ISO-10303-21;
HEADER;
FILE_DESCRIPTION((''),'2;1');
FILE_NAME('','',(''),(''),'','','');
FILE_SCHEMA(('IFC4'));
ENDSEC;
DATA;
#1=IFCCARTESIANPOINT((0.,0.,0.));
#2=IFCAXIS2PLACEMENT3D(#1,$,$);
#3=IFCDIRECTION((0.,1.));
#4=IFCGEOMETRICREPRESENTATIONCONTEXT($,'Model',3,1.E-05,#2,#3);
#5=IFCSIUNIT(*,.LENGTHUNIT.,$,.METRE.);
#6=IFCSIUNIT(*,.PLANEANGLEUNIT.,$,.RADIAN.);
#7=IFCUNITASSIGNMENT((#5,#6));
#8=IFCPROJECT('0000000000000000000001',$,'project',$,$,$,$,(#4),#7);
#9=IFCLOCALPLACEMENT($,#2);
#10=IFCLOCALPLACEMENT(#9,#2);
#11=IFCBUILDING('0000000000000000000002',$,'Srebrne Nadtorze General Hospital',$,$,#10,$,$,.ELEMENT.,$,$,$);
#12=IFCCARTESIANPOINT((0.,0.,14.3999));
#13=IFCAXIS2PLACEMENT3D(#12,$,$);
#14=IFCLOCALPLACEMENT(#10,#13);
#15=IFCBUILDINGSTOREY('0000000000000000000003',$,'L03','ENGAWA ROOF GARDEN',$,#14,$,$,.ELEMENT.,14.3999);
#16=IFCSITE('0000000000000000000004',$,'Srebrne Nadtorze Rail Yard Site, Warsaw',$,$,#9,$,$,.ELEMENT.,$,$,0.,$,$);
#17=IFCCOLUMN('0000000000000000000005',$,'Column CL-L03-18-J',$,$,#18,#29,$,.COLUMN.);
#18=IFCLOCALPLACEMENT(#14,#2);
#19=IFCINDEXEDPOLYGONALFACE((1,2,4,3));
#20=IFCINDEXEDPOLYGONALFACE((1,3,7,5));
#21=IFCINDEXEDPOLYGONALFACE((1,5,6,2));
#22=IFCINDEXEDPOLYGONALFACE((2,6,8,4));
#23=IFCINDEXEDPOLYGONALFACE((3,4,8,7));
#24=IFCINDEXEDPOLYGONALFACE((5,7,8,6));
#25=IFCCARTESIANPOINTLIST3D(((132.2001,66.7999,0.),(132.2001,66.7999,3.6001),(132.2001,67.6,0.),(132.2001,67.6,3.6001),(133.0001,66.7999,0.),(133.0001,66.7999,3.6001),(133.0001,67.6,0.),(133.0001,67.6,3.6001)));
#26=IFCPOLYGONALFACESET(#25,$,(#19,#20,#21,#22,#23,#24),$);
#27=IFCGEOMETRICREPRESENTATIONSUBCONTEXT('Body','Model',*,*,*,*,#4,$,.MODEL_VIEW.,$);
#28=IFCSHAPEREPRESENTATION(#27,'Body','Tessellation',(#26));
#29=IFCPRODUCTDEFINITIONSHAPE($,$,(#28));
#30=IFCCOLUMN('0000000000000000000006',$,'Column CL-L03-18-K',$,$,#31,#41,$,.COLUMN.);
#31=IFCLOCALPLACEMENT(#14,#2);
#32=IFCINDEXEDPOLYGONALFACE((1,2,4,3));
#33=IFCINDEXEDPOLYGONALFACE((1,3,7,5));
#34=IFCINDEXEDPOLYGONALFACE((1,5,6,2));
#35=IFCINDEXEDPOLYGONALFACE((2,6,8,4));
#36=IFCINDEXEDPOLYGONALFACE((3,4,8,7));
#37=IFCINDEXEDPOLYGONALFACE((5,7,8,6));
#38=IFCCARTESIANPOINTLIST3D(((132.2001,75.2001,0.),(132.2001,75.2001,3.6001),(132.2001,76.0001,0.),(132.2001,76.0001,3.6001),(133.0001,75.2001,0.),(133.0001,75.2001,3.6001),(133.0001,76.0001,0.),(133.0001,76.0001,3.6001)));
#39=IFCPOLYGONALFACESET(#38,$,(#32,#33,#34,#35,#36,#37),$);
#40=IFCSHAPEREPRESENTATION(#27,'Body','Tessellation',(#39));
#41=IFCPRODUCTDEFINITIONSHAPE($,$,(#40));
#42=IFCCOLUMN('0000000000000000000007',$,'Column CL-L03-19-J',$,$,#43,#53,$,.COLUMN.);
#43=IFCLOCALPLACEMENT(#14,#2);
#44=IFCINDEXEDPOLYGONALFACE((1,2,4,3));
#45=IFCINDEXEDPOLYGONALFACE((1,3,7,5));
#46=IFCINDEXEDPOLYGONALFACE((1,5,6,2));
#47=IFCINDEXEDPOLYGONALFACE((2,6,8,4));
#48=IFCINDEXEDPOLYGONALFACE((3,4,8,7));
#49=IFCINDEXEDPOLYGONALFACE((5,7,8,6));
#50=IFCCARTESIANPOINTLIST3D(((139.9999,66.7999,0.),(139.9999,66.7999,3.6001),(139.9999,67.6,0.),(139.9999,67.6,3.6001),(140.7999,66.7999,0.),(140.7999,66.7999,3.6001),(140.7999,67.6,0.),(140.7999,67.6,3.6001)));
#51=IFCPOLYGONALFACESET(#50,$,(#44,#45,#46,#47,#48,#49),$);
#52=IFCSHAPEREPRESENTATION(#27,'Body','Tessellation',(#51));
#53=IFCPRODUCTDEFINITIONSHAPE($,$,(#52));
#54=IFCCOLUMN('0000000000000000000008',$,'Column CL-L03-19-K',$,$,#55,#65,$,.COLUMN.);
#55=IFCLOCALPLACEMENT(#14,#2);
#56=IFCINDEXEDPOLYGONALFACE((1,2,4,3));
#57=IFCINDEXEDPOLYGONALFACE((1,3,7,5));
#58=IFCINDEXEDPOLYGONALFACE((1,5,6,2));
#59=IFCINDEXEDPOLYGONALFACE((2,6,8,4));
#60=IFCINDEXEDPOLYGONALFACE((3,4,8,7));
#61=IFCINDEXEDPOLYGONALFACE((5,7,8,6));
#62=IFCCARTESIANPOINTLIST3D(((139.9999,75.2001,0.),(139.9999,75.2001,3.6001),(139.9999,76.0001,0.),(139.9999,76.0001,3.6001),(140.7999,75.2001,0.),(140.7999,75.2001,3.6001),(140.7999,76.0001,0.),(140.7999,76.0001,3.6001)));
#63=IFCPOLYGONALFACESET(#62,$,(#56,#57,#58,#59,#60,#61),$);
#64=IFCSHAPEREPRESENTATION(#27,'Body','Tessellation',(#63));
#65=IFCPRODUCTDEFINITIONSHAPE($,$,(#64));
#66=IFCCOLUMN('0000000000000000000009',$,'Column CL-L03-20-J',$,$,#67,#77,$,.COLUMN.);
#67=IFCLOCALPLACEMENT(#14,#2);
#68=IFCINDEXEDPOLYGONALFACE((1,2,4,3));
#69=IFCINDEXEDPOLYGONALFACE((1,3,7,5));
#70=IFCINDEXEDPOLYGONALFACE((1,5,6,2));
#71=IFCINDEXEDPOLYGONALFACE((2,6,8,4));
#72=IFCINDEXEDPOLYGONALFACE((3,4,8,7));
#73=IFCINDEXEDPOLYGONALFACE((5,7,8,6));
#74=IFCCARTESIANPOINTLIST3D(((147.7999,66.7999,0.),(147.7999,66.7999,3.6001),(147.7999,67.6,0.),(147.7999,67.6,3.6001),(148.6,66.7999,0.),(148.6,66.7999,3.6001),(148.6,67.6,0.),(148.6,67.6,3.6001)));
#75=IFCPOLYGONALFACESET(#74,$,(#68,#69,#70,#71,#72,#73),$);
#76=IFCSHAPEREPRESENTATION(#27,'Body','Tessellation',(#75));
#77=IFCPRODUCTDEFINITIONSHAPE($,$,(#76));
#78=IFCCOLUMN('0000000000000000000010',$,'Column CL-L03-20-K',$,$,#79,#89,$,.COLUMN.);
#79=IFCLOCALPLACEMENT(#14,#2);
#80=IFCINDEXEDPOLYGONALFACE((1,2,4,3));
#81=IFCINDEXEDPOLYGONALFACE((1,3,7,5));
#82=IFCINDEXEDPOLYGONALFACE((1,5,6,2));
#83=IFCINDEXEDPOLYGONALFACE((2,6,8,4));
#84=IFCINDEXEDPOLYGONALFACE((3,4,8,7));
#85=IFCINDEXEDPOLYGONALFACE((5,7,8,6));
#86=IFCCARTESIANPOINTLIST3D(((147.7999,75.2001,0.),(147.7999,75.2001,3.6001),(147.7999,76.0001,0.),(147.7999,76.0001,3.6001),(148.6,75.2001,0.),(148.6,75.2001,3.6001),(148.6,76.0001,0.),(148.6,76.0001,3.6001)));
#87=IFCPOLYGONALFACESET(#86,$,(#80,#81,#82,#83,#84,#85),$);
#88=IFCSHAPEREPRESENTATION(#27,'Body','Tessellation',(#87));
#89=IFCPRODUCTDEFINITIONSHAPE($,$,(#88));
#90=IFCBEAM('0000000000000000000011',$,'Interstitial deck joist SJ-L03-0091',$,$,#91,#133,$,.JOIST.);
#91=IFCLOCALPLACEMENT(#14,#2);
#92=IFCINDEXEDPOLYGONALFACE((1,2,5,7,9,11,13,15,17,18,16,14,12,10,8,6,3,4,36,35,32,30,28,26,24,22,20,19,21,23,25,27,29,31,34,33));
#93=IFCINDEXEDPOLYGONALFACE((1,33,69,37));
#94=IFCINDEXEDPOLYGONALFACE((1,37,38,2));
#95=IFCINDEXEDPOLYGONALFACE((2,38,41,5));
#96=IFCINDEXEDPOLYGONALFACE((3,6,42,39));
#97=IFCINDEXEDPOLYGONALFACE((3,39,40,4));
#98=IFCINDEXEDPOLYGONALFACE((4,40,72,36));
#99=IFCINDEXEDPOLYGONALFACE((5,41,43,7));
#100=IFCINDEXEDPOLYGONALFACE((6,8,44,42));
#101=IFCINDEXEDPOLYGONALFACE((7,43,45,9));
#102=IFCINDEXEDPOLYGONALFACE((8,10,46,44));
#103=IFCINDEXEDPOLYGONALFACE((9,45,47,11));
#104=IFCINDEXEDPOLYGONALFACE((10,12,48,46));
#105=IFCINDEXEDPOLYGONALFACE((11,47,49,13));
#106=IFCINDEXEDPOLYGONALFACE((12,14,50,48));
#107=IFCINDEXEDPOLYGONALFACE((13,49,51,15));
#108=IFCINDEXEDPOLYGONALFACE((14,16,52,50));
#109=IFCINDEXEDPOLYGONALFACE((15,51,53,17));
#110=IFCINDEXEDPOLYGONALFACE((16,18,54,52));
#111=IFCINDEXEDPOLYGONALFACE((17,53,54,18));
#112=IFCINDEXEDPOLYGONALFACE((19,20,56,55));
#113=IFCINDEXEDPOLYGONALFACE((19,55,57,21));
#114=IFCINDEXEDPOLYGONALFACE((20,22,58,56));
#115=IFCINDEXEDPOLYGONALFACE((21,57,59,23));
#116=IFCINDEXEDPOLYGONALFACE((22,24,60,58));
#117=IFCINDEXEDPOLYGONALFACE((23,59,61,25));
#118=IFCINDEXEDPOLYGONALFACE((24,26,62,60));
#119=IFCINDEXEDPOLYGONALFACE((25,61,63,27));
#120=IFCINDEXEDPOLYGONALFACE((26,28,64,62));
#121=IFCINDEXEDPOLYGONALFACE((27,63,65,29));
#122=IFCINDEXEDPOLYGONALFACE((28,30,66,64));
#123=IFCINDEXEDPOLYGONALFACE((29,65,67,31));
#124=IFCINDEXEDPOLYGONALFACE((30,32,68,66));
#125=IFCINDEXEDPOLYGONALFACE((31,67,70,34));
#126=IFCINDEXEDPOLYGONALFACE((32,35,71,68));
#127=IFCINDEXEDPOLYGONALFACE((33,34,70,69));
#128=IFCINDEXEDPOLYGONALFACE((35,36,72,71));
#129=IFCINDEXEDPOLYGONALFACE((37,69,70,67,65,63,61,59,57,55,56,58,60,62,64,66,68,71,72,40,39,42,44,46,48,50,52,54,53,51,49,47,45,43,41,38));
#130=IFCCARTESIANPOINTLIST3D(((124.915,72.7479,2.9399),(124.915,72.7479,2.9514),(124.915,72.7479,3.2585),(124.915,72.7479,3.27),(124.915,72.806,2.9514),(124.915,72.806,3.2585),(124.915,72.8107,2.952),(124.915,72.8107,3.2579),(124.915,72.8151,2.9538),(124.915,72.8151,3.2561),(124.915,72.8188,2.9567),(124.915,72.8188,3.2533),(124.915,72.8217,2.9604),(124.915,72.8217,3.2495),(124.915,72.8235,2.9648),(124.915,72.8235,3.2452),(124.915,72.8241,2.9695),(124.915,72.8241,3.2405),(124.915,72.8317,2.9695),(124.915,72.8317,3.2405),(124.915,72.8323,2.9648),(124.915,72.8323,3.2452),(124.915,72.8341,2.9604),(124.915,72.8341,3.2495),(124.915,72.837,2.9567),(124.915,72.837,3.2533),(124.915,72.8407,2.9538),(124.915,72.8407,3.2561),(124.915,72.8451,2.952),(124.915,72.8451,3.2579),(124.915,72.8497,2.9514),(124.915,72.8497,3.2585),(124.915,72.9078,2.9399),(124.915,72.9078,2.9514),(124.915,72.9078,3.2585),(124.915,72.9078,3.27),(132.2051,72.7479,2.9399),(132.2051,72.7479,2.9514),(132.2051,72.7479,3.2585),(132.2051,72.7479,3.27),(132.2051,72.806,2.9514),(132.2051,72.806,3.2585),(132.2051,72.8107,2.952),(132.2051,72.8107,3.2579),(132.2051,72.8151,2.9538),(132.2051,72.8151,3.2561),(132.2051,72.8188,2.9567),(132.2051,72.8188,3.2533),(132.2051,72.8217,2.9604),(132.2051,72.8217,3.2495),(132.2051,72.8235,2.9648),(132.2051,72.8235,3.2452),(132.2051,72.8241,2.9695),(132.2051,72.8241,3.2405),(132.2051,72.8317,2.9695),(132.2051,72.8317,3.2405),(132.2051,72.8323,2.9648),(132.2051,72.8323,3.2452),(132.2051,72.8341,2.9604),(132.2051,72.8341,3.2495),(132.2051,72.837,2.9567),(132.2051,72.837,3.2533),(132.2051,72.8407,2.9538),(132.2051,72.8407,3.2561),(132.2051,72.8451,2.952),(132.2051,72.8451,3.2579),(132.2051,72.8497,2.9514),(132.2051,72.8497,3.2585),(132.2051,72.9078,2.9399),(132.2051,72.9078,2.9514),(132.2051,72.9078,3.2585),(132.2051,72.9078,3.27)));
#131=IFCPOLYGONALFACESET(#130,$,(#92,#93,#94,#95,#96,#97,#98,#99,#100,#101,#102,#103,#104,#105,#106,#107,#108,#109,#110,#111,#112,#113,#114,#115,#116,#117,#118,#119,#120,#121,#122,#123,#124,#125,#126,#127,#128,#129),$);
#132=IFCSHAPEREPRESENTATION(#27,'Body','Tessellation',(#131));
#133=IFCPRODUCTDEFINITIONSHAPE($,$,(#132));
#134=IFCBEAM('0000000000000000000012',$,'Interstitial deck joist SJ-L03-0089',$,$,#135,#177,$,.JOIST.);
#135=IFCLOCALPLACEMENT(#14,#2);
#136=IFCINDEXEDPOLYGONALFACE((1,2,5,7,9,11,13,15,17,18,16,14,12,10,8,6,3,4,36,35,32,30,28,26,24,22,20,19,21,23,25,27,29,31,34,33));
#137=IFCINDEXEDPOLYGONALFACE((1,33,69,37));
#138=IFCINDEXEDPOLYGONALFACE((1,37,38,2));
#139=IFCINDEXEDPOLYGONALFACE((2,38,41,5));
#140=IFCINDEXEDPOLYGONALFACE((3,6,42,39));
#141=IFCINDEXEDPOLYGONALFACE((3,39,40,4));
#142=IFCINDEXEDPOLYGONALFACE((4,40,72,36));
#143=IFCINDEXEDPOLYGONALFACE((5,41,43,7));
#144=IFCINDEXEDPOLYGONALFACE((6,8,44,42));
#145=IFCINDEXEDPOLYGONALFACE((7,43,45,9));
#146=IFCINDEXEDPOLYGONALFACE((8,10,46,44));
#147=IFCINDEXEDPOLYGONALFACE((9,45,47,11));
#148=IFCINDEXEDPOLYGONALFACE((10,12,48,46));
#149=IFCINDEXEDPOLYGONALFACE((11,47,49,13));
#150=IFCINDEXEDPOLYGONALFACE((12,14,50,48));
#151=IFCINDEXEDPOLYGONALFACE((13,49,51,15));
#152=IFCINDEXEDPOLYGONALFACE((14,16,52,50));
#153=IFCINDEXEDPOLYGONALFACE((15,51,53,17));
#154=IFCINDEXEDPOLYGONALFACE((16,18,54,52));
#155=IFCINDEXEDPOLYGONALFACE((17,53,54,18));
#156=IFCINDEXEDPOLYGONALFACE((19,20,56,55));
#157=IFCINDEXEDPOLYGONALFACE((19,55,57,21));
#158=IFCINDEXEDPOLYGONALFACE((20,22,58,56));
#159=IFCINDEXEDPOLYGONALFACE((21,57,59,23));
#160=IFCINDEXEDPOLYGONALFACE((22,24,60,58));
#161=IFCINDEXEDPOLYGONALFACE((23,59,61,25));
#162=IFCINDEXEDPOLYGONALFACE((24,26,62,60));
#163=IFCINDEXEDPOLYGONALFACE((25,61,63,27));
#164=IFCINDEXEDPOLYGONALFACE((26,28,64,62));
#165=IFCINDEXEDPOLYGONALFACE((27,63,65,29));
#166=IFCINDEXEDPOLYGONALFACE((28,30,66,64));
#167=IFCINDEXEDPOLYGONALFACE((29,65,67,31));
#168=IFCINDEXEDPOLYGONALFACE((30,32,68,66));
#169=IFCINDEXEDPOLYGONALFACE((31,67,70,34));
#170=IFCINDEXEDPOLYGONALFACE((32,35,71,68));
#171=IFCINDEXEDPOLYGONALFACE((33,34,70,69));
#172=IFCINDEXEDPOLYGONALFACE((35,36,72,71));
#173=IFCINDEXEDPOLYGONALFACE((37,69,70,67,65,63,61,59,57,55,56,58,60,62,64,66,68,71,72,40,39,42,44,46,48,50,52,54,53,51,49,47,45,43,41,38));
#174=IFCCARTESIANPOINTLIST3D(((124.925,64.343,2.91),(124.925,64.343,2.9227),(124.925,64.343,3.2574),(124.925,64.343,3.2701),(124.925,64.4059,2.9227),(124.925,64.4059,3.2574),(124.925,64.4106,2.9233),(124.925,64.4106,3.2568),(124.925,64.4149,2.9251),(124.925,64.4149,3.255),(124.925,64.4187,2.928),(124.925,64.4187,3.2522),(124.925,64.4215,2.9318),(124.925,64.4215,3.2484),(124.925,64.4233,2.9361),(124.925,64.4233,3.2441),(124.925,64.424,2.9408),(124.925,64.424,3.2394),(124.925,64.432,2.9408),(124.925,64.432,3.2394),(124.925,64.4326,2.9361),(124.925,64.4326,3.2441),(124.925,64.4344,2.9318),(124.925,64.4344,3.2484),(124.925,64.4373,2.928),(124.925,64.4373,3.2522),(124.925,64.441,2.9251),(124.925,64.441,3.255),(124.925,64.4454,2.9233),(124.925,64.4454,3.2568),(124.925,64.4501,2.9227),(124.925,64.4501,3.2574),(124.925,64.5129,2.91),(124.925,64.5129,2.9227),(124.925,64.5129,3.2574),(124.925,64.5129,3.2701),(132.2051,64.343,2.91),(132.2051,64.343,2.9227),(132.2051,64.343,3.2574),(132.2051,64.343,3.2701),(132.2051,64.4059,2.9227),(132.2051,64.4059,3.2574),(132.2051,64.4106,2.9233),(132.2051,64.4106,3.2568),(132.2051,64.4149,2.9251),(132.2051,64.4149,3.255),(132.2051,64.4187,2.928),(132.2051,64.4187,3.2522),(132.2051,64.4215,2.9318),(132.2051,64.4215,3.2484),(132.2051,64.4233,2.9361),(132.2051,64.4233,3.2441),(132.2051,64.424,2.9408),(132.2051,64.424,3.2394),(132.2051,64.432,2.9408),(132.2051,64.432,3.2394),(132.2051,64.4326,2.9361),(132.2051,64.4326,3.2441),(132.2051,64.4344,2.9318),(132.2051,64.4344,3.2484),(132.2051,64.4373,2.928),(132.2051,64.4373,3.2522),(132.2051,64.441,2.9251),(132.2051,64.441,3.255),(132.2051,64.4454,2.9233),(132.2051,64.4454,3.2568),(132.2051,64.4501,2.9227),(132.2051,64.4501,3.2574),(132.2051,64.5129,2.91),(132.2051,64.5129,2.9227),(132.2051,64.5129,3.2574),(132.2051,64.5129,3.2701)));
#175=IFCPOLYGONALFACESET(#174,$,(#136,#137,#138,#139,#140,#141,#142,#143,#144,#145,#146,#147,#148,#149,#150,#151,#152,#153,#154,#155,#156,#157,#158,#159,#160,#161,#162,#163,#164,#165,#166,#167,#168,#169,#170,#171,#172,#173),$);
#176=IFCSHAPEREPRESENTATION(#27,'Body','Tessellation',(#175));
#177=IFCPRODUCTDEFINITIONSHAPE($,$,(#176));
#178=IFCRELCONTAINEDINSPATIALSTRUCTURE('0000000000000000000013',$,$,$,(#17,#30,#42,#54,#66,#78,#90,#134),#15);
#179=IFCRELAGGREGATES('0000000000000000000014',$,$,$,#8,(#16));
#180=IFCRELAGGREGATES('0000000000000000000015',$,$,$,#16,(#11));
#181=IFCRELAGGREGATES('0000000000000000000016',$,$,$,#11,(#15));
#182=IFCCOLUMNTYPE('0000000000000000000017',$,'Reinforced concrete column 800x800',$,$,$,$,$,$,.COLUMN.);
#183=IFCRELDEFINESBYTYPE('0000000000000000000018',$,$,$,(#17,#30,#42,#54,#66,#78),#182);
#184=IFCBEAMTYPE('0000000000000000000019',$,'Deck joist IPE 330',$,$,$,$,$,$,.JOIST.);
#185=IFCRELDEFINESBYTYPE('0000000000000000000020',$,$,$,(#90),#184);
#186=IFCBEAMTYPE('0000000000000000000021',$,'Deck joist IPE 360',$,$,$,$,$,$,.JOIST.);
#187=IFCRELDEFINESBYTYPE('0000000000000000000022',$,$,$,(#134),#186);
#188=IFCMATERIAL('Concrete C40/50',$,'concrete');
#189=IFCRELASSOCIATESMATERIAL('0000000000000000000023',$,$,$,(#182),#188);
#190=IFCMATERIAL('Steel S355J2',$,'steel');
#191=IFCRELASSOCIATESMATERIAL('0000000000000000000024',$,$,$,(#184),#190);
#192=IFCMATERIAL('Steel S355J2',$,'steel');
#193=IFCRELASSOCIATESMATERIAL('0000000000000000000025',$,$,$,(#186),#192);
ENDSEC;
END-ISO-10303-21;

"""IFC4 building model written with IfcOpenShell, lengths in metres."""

from ifc_helpers import new_model, si_unit, direction, frame, origin, origin_2d, place, context, subcontext, project, spatial, rectangle, i_section, extrude, material, material_profile, profile_set, type_object, element, save


model = new_model("IFC4")

# Units and contexts
model_context = context("Model", 3, precision=1e-05, world=origin(), true_north=direction((0.0, 1.0)))
body_context = subcontext(model_context, "Body", "Model", "MODEL_VIEW")
ifc_project = project(units=[si_unit("LENGTHUNIT", "METRE"), si_unit("PLANEANGLEUNIT", "RADIAN")], contexts=[model_context])

# Site, building, storey
site_placement = place(None, origin())
site = spatial("IfcSite", under=ifc_project, at=site_placement, Name="Srebrne Nadtorze Rail Yard Site, Warsaw", CompositionType="ELEMENT", RefElevation=0.0)
building_placement = place(site_placement, origin())
building = spatial("IfcBuilding", under=site, at=building_placement, Name="Srebrne Nadtorze General Hospital", CompositionType="ELEMENT")
storey_placement = place(building_placement, frame((0.0, 0.0, 14.3999)))
storey = spatial("IfcBuildingStorey", under=building, at=storey_placement, Name="L03", Description="ENGAWA ROOF GARDEN", CompositionType="ELEMENT", Elevation=14.3999)

# Columns
ifc_material_1 = material(Name="Concrete C40/50", Category="concrete")
ifc_material_profile_1 = material_profile(ifc_material_1, rectangle(XDim=0.8, YDim=0.8, at=origin_2d()), Name="RC-COL-800x800")
ifc_profile_set_1 = profile_set([ifc_material_profile_1], Name="Concrete C40/50")
column_type = type_object("IfcColumnType", Name="Reinforced concrete column 800x800", PredefinedType="COLUMN", material=ifc_profile_set_1)
for number, where, z_axis, x_axis, name in (
    (1, (132.6001, 67.2, 0.0), (0.0, 0.0, 1.0), (1.0, 0.0, 0.0), "Column CL-L03-18-J"),
    (2, (132.6001, 75.6001, 0.0), (0.0, 0.0, 1.0), (1.0, 0.0, 0.0), "Column CL-L03-18-K"),
    (3, (140.3999, 67.2, 0.0), (0.0, 0.0, 1.0), (1.0, 0.0, 0.0), "Column CL-L03-19-J"),
    (4, (140.3999, 75.6001, 0.0), (0.0, 0.0, 1.0), (1.0, 0.0, 0.0), "Column CL-L03-19-K"),
    (5, (148.2, 67.2, 0.0), (0.0, 0.0, 1.0), (1.0, 0.0, 0.0), "Column CL-L03-20-J"),
    (6, (148.2, 75.6001, 0.0), (0.0, 0.0, 1.0), (1.0, 0.0, 0.0), "Column CL-L03-20-K"),
):
    element("IfcColumn", number, at=place(storey_placement, frame(where, z_axis=z_axis, x_axis=x_axis)), inside=storey, type_object=column_type, Name=name, PredefinedType="COLUMN", context=body_context, shape_type="SweptSolid", body=[
        extrude(rectangle(XDim=0.8, YDim=0.8, at=origin_2d()), origin(), (0.0, 0.0, 1.0), 3.6001),
    ])

# Beams
ifc_material_2 = material(Name="Steel S355J2", Category="steel")
ifc_material_profile_2 = material_profile(ifc_material_2, i_section(OverallWidth=0.1599, OverallDepth=0.3301, WebThickness=0.0076, FlangeThickness=0.0115, FilletRadius=0.0181, at=origin_2d()), Name="IPE-330")
ifc_profile_set_2 = profile_set([ifc_material_profile_2], Name="Steel S355J2")
beam_type_1 = type_object("IfcBeamType", Name="Deck joist IPE 330", PredefinedType="JOIST", material=ifc_profile_set_2)
beam_1_placement = place(storey_placement, frame((124.915, 72.8279, 3.105), z_axis=(1.0, 0.0, 0.0), x_axis=(0.0, 1.0, 0.0)))
element("IfcBeam", 7, at=beam_1_placement, inside=storey, type_object=beam_type_1, Name="Interstitial deck joist SJ-L03-0091", PredefinedType="JOIST", context=body_context, shape_type="SweptSolid", body=[
    extrude(i_section(OverallWidth=0.1599, OverallDepth=0.3301, WebThickness=0.0076, FlangeThickness=0.0115, FilletRadius=0.0181, at=origin_2d()), origin(), (0.0, 0.0, 1.0), 7.29),
])
ifc_material_3 = material(Name="Steel S355J2", Category="steel")
ifc_material_profile_3 = material_profile(ifc_material_3, i_section(OverallWidth=0.1699, OverallDepth=0.3601, WebThickness=0.0081, FlangeThickness=0.0127, FilletRadius=0.0181, at=origin_2d()), Name="IPE-360")
ifc_profile_set_3 = profile_set([ifc_material_profile_3], Name="Steel S355J2")
beam_type_2 = type_object("IfcBeamType", Name="Deck joist IPE 360", PredefinedType="JOIST", material=ifc_profile_set_3)
beam_2_placement = place(storey_placement, frame((124.925, 64.428, 3.0901), z_axis=(1.0, 0.0, 0.0), x_axis=(0.0, 1.0, 0.0)))
element("IfcBeam", 8, at=beam_2_placement, inside=storey, type_object=beam_type_2, Name="Interstitial deck joist SJ-L03-0089", PredefinedType="JOIST", context=body_context, shape_type="SweptSolid", body=[
    extrude(i_section(OverallWidth=0.1699, OverallDepth=0.3601, WebThickness=0.0081, FlangeThickness=0.0127, FilletRadius=0.0181, at=origin_2d()), origin(), (0.0, 0.0, 1.0), 7.28),
])

save(model, "model.ifc")
